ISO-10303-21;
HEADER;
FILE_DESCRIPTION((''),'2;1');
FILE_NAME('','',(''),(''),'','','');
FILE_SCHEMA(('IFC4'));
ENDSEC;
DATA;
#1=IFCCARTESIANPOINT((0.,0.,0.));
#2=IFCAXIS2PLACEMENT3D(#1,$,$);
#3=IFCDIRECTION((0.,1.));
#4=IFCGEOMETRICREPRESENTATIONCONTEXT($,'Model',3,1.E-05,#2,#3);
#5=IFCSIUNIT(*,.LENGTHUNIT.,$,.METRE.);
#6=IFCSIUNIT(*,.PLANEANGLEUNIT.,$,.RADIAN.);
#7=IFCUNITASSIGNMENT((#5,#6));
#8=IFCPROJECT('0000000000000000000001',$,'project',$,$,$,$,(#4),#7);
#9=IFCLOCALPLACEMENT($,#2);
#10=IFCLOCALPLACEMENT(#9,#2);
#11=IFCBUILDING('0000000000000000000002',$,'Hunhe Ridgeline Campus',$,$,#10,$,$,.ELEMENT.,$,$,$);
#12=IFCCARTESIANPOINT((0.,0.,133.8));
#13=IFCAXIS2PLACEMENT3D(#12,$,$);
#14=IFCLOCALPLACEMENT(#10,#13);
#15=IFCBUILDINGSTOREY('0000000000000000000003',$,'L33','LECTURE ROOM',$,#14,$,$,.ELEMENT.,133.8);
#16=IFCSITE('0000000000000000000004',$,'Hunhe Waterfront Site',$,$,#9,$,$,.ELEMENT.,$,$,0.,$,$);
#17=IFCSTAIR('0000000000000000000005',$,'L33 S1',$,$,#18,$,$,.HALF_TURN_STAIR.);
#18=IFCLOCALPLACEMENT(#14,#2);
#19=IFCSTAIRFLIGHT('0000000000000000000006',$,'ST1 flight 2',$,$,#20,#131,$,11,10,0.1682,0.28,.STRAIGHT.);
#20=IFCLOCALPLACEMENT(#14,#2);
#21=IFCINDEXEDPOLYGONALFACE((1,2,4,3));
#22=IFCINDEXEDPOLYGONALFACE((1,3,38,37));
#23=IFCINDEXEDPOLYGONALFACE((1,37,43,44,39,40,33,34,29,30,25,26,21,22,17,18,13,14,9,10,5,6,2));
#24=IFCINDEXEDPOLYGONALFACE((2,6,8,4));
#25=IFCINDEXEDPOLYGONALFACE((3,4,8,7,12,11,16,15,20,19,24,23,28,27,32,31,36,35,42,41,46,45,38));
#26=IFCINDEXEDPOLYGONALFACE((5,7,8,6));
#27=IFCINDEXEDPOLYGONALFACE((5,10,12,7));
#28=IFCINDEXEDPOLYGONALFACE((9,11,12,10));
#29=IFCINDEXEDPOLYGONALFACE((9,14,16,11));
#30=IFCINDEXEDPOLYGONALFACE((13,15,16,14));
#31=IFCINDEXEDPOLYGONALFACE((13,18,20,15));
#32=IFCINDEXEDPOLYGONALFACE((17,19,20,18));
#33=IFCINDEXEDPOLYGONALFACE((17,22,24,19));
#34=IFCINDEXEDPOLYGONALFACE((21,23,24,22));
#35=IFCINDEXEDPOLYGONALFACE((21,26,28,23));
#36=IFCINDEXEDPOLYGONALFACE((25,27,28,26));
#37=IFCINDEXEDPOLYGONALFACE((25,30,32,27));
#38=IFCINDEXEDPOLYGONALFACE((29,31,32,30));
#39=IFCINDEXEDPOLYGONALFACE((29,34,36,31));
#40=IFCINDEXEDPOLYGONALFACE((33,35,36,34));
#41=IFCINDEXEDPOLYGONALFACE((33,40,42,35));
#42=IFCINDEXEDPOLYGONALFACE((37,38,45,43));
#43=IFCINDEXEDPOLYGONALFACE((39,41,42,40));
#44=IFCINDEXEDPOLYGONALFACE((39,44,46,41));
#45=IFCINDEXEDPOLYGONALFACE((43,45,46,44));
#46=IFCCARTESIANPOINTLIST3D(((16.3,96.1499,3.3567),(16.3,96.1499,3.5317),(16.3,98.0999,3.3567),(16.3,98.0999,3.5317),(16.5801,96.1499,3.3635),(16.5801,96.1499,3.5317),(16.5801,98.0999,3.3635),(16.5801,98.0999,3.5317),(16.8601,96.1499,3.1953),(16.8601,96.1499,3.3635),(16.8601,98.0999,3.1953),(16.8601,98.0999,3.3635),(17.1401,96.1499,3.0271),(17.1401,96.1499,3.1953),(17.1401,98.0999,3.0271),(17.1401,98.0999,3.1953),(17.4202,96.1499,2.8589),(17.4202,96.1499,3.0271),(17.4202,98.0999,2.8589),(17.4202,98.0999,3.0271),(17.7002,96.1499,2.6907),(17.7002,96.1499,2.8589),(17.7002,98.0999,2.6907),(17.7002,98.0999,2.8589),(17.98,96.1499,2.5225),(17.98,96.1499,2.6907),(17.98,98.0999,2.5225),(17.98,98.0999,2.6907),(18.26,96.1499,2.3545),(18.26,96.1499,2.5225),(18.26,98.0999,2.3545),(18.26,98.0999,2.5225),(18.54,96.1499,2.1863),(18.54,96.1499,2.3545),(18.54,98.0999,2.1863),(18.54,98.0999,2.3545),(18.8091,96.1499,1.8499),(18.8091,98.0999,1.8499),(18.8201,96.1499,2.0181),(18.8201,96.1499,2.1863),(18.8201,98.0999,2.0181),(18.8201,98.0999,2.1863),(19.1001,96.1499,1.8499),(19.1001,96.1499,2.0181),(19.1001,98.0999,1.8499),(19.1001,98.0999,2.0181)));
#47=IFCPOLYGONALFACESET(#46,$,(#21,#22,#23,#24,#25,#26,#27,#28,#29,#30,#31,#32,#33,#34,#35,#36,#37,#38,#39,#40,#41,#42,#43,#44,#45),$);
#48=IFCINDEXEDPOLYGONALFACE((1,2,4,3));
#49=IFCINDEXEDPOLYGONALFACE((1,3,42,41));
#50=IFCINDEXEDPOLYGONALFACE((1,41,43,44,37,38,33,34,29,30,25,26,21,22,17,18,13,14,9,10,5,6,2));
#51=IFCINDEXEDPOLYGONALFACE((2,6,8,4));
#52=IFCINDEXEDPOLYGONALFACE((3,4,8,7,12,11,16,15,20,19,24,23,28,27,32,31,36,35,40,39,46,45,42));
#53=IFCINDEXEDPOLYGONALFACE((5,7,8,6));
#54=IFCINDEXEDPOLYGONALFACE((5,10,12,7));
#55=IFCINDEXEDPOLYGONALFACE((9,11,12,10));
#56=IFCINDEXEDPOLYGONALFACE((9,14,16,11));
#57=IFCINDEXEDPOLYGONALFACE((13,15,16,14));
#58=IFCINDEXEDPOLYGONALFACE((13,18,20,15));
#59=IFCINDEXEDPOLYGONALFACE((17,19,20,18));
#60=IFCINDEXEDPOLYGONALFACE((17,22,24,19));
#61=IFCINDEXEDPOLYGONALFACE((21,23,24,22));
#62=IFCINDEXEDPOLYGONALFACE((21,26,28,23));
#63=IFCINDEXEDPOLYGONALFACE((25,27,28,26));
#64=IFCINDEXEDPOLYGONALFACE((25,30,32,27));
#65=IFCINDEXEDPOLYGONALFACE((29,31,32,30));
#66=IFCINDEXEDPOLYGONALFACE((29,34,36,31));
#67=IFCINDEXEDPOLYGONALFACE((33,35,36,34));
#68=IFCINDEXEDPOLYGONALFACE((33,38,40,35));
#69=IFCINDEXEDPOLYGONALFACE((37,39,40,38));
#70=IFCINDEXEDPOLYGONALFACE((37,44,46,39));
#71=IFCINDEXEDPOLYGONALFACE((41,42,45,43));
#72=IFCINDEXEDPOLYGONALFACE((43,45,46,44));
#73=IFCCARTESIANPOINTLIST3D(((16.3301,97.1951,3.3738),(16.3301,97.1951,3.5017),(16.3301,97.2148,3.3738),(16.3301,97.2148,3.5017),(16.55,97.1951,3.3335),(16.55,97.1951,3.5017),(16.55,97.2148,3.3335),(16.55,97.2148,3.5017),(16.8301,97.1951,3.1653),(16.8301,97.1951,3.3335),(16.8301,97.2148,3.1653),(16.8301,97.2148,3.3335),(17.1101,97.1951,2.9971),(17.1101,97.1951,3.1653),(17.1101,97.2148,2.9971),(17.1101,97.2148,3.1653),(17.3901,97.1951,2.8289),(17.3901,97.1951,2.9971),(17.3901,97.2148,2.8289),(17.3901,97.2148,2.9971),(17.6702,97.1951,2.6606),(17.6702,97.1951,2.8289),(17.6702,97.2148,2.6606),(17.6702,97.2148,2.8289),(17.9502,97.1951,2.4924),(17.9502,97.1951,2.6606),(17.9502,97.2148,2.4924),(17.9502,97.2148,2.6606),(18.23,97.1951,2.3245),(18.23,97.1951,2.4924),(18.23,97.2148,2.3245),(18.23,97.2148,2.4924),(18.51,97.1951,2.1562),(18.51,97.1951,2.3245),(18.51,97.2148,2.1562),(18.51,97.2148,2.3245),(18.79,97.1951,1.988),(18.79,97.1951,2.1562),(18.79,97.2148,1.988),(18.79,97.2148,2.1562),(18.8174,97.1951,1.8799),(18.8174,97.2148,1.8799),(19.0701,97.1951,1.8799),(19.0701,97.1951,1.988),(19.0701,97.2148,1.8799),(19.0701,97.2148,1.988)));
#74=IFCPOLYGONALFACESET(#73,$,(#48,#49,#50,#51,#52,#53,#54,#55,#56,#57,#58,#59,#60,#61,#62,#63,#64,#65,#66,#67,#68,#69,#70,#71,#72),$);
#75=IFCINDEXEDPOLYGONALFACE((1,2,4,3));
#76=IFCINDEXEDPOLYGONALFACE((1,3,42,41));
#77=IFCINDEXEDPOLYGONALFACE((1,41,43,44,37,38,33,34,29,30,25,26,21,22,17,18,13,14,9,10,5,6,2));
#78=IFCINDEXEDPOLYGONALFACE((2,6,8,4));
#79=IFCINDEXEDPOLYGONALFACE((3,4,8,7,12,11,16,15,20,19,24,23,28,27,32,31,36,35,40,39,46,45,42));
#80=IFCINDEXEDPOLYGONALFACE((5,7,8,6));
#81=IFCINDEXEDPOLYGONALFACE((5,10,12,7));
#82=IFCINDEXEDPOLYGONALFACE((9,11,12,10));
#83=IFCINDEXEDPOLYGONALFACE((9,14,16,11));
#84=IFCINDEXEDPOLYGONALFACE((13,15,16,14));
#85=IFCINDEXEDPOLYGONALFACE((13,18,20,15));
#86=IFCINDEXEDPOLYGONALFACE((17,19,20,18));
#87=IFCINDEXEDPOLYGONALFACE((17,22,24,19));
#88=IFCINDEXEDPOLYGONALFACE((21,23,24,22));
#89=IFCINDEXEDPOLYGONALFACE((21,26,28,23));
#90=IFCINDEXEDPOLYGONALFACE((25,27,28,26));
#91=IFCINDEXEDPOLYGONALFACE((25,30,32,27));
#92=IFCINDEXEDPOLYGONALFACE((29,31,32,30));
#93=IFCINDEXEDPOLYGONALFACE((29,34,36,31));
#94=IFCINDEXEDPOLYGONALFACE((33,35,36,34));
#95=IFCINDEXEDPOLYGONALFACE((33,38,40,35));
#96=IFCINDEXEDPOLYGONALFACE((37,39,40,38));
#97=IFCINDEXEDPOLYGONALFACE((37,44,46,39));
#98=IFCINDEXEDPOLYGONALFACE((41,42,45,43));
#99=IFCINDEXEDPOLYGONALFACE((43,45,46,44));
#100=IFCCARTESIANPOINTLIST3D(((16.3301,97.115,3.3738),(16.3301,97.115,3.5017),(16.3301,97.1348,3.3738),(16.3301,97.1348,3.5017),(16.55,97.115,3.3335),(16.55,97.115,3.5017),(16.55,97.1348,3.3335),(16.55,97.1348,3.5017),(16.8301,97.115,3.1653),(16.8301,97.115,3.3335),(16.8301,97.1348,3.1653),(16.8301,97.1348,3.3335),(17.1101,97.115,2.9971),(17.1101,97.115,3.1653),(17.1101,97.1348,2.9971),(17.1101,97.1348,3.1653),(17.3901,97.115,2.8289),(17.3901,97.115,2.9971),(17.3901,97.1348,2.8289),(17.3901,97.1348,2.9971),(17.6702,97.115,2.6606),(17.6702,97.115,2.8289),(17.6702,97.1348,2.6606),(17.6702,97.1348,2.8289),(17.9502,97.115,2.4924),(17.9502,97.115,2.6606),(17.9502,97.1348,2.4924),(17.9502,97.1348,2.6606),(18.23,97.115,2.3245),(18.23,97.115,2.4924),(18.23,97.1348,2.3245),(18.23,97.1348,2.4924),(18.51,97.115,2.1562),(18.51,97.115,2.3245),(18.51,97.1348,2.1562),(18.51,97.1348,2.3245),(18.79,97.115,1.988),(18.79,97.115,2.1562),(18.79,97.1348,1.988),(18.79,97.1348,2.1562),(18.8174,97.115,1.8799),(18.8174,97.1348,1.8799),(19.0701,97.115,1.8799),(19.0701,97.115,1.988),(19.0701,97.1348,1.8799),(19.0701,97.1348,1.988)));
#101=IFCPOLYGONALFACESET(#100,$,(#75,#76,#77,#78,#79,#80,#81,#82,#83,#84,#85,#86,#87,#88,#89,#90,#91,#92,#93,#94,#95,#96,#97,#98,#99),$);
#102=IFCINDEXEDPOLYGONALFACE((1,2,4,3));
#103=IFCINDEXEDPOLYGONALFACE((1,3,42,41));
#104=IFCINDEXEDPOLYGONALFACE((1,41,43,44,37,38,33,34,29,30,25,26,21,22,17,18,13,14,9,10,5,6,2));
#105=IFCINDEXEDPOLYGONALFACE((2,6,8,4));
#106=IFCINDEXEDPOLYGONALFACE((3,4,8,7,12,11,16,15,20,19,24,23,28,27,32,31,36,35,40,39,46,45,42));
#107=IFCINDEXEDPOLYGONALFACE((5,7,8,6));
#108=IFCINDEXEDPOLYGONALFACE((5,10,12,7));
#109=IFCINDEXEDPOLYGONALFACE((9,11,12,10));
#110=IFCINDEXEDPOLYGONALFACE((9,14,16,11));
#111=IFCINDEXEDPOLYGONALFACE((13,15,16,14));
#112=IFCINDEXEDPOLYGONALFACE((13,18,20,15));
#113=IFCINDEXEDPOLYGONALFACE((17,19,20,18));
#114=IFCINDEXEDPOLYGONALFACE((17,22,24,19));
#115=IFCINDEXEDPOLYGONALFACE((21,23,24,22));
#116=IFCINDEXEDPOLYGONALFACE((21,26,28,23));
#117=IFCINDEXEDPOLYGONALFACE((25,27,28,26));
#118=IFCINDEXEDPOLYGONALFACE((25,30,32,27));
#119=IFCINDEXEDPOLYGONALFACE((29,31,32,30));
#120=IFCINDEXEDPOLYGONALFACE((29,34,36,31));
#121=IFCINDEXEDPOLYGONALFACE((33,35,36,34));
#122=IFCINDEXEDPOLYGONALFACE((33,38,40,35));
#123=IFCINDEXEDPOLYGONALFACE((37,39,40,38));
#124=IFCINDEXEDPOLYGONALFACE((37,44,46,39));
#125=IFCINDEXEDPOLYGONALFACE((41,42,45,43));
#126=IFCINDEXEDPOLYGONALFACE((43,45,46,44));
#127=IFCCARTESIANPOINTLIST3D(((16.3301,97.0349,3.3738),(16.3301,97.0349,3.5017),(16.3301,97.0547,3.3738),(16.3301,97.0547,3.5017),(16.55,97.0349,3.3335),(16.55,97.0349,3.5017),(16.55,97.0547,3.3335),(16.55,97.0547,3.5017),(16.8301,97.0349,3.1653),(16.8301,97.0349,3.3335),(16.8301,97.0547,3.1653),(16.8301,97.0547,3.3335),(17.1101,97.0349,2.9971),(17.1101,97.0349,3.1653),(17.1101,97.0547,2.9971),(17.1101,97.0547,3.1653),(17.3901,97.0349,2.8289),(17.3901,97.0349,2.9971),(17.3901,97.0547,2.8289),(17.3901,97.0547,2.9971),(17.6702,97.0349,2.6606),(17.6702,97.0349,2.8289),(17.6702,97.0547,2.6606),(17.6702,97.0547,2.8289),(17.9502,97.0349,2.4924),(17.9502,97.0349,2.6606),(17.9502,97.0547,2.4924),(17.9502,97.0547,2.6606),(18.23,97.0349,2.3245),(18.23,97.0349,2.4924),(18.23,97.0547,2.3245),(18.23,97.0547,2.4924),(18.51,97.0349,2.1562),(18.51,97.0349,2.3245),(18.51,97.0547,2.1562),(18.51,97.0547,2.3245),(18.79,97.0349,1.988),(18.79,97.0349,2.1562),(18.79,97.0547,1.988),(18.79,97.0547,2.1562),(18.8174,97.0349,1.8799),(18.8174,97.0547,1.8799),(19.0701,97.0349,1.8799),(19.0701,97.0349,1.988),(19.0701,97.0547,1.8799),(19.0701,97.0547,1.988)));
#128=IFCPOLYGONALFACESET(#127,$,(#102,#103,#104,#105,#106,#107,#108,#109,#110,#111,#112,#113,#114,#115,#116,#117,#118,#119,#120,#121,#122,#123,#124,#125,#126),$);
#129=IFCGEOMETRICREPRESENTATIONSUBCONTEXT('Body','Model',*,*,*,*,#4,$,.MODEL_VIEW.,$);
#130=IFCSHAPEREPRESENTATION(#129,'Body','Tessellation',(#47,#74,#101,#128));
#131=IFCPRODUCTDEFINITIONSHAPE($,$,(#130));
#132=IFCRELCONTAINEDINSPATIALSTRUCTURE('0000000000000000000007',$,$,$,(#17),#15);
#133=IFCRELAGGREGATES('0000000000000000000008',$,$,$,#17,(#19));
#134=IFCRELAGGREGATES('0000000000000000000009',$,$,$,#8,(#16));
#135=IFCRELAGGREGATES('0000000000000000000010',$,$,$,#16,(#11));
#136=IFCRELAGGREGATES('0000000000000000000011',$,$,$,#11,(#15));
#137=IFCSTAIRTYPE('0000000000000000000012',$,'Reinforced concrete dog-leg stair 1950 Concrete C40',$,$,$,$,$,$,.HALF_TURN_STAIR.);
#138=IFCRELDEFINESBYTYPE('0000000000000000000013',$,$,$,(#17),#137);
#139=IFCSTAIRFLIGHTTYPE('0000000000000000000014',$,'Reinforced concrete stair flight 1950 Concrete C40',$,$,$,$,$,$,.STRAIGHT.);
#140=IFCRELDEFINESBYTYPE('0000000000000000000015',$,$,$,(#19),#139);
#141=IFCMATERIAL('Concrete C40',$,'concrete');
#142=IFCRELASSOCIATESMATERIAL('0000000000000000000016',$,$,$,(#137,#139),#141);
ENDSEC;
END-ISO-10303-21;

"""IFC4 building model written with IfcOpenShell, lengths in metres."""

from ifc_helpers import new_model, si_unit, direction, frame, origin, place, context, subcontext, project, spatial, polyline, outline, extrude, material, type_object, element, aggregate, save


model = new_model("IFC4")

# Units and contexts
model_context = context("Model", 3, precision=1e-05, world=origin(), true_north=direction((0.0, 1.0)))
body_context = subcontext(model_context, "Body", "Model", "MODEL_VIEW")
ifc_project = project(units=[si_unit("LENGTHUNIT", "METRE"), si_unit("PLANEANGLEUNIT", "RADIAN")], contexts=[model_context])

# Site, building, storey
site_placement = place(None, origin())
site = spatial("IfcSite", under=ifc_project, at=site_placement, Name="Hunhe Waterfront Site", CompositionType="ELEMENT", RefElevation=0.0)
building_placement = place(site_placement, origin())
building = spatial("IfcBuilding", under=site, at=building_placement, Name="Hunhe Ridgeline Campus", CompositionType="ELEMENT")
storey_placement = place(building_placement, frame((0.0, 0.0, 133.8)))
storey = spatial("IfcBuildingStorey", under=building, at=storey_placement, Name="L33", Description="LECTURE ROOM", CompositionType="ELEMENT", Elevation=133.8)

# Stair, stair flight
ifc_material_1 = material(Name="Concrete C40", Category="concrete")
stair_type = type_object("IfcStairType", Name="Reinforced concrete dog-leg stair 1950 Concrete C40", PredefinedType="HALF_TURN_STAIR", material=ifc_material_1)
stair_1_placement = place(storey_placement, origin())
stair_1 = element("IfcStair", 1, at=stair_1_placement, inside=storey, type_object=stair_type, Name="L33 S1", PredefinedType="HALF_TURN_STAIR")
stair_flight_type = type_object("IfcStairFlightType", Name="Reinforced concrete stair flight 1950 Concrete C40", PredefinedType="STRAIGHT", material=ifc_material_1)
stair_flight_1_placement = place(storey_placement, frame((19.1001, 97.125, 1.8499), z_axis=(0.0, 0.0, 1.0), x_axis=(-1.0, 0.0, 0.0)))
stair_flight_1 = element("IfcStairFlight", 2, at=stair_flight_1_placement, type_object=stair_flight_type, Name="ST1 flight 2", NumberOfRisers=11, NumberOfTreads=10, PredefinedType="STRAIGHT", RiserHeight=0.1682, TreadLength=0.28, context=body_context, shape_type="SweptSolid", body=[
    extrude(outline(polyline([(0.0, 0.0), (0.0, 0.1682), (0.28, 0.1682), (0.28, 0.3364), (0.5601, 0.3364), (0.5601, 0.5046), (0.8401, 0.5046), (0.8401, 0.6726), (1.1201, 0.6726), (1.1201, 0.8408), (1.3999, 0.8408), (1.3999, 1.009), (1.6799, 1.009), (1.6799, 1.1772), (1.96, 1.1772), (1.96, 1.3455), (2.24, 1.3455), (2.24, 1.5137), (2.52, 1.5137), (2.52, 1.6819), (2.8, 1.6819), (2.8, 1.8501), (2.8, 1.5068), (0.291, 0.0), (0.0, 0.0)])), frame((0.0, 0.9751, 0.0), z_axis=(0.0, -1.0, 0.0), x_axis=(1.0, 0.0, 0.0)), (0.0, 0.0, 1.0), 1.95),
    extrude(outline(polyline([(0.03, 0.03), (0.03, 0.1382), (0.3101, 0.1382), (0.3101, 0.3064), (0.5901, 0.3064), (0.5901, 0.4746), (0.8701, 0.4746), (0.8701, 0.6426), (1.1499, 0.6426), (1.1499, 0.8108), (1.4299, 0.8108), (1.4299, 0.979), (1.71, 0.979), (1.71, 1.1472), (1.99, 1.1472), (1.99, 1.3154), (2.27, 1.3154), (2.27, 1.4836), (2.55, 1.4836), (2.55, 1.6519), (2.77, 1.6519), (2.77, 1.5239), (0.2827, 0.03), (0.03, 0.03)])), frame((0.0, -0.0701, 0.0), z_axis=(0.0, -1.0, 0.0), x_axis=(1.0, 0.0, 0.0)), (0.0, 0.0, 1.0), 0.0198),
    extrude(outline(polyline([(0.03, 0.03), (0.03, 0.1382), (0.3101, 0.1382), (0.3101, 0.3064), (0.5901, 0.3064), (0.5901, 0.4746), (0.8701, 0.4746), (0.8701, 0.6426), (1.1499, 0.6426), (1.1499, 0.8108), (1.4299, 0.8108), (1.4299, 0.979), (1.71, 0.979), (1.71, 1.1472), (1.99, 1.1472), (1.99, 1.3154), (2.27, 1.3154), (2.27, 1.4836), (2.55, 1.4836), (2.55, 1.6519), (2.77, 1.6519), (2.77, 1.5239), (0.2827, 0.03), (0.03, 0.03)])), frame((0.0, 0.01, 0.0), z_axis=(0.0, -1.0, 0.0), x_axis=(1.0, 0.0, 0.0)), (0.0, 0.0, 1.0), 0.0198),
    extrude(outline(polyline([(0.03, 0.03), (0.03, 0.1382), (0.3101, 0.1382), (0.3101, 0.3064), (0.5901, 0.3064), (0.5901, 0.4746), (0.8701, 0.4746), (0.8701, 0.6426), (1.1499, 0.6426), (1.1499, 0.8108), (1.4299, 0.8108), (1.4299, 0.979), (1.71, 0.979), (1.71, 1.1472), (1.99, 1.1472), (1.99, 1.3154), (2.27, 1.3154), (2.27, 1.4836), (2.55, 1.4836), (2.55, 1.6519), (2.77, 1.6519), (2.77, 1.5239), (0.2827, 0.03), (0.03, 0.03)])), frame((0.0, 0.0901, 0.0), z_axis=(0.0, -1.0, 0.0), x_axis=(1.0, 0.0, 0.0)), (0.0, 0.0, 1.0), 0.0198),
])
aggregate(stair_1, [stair_flight_1])

save(model, "model.ifc")
